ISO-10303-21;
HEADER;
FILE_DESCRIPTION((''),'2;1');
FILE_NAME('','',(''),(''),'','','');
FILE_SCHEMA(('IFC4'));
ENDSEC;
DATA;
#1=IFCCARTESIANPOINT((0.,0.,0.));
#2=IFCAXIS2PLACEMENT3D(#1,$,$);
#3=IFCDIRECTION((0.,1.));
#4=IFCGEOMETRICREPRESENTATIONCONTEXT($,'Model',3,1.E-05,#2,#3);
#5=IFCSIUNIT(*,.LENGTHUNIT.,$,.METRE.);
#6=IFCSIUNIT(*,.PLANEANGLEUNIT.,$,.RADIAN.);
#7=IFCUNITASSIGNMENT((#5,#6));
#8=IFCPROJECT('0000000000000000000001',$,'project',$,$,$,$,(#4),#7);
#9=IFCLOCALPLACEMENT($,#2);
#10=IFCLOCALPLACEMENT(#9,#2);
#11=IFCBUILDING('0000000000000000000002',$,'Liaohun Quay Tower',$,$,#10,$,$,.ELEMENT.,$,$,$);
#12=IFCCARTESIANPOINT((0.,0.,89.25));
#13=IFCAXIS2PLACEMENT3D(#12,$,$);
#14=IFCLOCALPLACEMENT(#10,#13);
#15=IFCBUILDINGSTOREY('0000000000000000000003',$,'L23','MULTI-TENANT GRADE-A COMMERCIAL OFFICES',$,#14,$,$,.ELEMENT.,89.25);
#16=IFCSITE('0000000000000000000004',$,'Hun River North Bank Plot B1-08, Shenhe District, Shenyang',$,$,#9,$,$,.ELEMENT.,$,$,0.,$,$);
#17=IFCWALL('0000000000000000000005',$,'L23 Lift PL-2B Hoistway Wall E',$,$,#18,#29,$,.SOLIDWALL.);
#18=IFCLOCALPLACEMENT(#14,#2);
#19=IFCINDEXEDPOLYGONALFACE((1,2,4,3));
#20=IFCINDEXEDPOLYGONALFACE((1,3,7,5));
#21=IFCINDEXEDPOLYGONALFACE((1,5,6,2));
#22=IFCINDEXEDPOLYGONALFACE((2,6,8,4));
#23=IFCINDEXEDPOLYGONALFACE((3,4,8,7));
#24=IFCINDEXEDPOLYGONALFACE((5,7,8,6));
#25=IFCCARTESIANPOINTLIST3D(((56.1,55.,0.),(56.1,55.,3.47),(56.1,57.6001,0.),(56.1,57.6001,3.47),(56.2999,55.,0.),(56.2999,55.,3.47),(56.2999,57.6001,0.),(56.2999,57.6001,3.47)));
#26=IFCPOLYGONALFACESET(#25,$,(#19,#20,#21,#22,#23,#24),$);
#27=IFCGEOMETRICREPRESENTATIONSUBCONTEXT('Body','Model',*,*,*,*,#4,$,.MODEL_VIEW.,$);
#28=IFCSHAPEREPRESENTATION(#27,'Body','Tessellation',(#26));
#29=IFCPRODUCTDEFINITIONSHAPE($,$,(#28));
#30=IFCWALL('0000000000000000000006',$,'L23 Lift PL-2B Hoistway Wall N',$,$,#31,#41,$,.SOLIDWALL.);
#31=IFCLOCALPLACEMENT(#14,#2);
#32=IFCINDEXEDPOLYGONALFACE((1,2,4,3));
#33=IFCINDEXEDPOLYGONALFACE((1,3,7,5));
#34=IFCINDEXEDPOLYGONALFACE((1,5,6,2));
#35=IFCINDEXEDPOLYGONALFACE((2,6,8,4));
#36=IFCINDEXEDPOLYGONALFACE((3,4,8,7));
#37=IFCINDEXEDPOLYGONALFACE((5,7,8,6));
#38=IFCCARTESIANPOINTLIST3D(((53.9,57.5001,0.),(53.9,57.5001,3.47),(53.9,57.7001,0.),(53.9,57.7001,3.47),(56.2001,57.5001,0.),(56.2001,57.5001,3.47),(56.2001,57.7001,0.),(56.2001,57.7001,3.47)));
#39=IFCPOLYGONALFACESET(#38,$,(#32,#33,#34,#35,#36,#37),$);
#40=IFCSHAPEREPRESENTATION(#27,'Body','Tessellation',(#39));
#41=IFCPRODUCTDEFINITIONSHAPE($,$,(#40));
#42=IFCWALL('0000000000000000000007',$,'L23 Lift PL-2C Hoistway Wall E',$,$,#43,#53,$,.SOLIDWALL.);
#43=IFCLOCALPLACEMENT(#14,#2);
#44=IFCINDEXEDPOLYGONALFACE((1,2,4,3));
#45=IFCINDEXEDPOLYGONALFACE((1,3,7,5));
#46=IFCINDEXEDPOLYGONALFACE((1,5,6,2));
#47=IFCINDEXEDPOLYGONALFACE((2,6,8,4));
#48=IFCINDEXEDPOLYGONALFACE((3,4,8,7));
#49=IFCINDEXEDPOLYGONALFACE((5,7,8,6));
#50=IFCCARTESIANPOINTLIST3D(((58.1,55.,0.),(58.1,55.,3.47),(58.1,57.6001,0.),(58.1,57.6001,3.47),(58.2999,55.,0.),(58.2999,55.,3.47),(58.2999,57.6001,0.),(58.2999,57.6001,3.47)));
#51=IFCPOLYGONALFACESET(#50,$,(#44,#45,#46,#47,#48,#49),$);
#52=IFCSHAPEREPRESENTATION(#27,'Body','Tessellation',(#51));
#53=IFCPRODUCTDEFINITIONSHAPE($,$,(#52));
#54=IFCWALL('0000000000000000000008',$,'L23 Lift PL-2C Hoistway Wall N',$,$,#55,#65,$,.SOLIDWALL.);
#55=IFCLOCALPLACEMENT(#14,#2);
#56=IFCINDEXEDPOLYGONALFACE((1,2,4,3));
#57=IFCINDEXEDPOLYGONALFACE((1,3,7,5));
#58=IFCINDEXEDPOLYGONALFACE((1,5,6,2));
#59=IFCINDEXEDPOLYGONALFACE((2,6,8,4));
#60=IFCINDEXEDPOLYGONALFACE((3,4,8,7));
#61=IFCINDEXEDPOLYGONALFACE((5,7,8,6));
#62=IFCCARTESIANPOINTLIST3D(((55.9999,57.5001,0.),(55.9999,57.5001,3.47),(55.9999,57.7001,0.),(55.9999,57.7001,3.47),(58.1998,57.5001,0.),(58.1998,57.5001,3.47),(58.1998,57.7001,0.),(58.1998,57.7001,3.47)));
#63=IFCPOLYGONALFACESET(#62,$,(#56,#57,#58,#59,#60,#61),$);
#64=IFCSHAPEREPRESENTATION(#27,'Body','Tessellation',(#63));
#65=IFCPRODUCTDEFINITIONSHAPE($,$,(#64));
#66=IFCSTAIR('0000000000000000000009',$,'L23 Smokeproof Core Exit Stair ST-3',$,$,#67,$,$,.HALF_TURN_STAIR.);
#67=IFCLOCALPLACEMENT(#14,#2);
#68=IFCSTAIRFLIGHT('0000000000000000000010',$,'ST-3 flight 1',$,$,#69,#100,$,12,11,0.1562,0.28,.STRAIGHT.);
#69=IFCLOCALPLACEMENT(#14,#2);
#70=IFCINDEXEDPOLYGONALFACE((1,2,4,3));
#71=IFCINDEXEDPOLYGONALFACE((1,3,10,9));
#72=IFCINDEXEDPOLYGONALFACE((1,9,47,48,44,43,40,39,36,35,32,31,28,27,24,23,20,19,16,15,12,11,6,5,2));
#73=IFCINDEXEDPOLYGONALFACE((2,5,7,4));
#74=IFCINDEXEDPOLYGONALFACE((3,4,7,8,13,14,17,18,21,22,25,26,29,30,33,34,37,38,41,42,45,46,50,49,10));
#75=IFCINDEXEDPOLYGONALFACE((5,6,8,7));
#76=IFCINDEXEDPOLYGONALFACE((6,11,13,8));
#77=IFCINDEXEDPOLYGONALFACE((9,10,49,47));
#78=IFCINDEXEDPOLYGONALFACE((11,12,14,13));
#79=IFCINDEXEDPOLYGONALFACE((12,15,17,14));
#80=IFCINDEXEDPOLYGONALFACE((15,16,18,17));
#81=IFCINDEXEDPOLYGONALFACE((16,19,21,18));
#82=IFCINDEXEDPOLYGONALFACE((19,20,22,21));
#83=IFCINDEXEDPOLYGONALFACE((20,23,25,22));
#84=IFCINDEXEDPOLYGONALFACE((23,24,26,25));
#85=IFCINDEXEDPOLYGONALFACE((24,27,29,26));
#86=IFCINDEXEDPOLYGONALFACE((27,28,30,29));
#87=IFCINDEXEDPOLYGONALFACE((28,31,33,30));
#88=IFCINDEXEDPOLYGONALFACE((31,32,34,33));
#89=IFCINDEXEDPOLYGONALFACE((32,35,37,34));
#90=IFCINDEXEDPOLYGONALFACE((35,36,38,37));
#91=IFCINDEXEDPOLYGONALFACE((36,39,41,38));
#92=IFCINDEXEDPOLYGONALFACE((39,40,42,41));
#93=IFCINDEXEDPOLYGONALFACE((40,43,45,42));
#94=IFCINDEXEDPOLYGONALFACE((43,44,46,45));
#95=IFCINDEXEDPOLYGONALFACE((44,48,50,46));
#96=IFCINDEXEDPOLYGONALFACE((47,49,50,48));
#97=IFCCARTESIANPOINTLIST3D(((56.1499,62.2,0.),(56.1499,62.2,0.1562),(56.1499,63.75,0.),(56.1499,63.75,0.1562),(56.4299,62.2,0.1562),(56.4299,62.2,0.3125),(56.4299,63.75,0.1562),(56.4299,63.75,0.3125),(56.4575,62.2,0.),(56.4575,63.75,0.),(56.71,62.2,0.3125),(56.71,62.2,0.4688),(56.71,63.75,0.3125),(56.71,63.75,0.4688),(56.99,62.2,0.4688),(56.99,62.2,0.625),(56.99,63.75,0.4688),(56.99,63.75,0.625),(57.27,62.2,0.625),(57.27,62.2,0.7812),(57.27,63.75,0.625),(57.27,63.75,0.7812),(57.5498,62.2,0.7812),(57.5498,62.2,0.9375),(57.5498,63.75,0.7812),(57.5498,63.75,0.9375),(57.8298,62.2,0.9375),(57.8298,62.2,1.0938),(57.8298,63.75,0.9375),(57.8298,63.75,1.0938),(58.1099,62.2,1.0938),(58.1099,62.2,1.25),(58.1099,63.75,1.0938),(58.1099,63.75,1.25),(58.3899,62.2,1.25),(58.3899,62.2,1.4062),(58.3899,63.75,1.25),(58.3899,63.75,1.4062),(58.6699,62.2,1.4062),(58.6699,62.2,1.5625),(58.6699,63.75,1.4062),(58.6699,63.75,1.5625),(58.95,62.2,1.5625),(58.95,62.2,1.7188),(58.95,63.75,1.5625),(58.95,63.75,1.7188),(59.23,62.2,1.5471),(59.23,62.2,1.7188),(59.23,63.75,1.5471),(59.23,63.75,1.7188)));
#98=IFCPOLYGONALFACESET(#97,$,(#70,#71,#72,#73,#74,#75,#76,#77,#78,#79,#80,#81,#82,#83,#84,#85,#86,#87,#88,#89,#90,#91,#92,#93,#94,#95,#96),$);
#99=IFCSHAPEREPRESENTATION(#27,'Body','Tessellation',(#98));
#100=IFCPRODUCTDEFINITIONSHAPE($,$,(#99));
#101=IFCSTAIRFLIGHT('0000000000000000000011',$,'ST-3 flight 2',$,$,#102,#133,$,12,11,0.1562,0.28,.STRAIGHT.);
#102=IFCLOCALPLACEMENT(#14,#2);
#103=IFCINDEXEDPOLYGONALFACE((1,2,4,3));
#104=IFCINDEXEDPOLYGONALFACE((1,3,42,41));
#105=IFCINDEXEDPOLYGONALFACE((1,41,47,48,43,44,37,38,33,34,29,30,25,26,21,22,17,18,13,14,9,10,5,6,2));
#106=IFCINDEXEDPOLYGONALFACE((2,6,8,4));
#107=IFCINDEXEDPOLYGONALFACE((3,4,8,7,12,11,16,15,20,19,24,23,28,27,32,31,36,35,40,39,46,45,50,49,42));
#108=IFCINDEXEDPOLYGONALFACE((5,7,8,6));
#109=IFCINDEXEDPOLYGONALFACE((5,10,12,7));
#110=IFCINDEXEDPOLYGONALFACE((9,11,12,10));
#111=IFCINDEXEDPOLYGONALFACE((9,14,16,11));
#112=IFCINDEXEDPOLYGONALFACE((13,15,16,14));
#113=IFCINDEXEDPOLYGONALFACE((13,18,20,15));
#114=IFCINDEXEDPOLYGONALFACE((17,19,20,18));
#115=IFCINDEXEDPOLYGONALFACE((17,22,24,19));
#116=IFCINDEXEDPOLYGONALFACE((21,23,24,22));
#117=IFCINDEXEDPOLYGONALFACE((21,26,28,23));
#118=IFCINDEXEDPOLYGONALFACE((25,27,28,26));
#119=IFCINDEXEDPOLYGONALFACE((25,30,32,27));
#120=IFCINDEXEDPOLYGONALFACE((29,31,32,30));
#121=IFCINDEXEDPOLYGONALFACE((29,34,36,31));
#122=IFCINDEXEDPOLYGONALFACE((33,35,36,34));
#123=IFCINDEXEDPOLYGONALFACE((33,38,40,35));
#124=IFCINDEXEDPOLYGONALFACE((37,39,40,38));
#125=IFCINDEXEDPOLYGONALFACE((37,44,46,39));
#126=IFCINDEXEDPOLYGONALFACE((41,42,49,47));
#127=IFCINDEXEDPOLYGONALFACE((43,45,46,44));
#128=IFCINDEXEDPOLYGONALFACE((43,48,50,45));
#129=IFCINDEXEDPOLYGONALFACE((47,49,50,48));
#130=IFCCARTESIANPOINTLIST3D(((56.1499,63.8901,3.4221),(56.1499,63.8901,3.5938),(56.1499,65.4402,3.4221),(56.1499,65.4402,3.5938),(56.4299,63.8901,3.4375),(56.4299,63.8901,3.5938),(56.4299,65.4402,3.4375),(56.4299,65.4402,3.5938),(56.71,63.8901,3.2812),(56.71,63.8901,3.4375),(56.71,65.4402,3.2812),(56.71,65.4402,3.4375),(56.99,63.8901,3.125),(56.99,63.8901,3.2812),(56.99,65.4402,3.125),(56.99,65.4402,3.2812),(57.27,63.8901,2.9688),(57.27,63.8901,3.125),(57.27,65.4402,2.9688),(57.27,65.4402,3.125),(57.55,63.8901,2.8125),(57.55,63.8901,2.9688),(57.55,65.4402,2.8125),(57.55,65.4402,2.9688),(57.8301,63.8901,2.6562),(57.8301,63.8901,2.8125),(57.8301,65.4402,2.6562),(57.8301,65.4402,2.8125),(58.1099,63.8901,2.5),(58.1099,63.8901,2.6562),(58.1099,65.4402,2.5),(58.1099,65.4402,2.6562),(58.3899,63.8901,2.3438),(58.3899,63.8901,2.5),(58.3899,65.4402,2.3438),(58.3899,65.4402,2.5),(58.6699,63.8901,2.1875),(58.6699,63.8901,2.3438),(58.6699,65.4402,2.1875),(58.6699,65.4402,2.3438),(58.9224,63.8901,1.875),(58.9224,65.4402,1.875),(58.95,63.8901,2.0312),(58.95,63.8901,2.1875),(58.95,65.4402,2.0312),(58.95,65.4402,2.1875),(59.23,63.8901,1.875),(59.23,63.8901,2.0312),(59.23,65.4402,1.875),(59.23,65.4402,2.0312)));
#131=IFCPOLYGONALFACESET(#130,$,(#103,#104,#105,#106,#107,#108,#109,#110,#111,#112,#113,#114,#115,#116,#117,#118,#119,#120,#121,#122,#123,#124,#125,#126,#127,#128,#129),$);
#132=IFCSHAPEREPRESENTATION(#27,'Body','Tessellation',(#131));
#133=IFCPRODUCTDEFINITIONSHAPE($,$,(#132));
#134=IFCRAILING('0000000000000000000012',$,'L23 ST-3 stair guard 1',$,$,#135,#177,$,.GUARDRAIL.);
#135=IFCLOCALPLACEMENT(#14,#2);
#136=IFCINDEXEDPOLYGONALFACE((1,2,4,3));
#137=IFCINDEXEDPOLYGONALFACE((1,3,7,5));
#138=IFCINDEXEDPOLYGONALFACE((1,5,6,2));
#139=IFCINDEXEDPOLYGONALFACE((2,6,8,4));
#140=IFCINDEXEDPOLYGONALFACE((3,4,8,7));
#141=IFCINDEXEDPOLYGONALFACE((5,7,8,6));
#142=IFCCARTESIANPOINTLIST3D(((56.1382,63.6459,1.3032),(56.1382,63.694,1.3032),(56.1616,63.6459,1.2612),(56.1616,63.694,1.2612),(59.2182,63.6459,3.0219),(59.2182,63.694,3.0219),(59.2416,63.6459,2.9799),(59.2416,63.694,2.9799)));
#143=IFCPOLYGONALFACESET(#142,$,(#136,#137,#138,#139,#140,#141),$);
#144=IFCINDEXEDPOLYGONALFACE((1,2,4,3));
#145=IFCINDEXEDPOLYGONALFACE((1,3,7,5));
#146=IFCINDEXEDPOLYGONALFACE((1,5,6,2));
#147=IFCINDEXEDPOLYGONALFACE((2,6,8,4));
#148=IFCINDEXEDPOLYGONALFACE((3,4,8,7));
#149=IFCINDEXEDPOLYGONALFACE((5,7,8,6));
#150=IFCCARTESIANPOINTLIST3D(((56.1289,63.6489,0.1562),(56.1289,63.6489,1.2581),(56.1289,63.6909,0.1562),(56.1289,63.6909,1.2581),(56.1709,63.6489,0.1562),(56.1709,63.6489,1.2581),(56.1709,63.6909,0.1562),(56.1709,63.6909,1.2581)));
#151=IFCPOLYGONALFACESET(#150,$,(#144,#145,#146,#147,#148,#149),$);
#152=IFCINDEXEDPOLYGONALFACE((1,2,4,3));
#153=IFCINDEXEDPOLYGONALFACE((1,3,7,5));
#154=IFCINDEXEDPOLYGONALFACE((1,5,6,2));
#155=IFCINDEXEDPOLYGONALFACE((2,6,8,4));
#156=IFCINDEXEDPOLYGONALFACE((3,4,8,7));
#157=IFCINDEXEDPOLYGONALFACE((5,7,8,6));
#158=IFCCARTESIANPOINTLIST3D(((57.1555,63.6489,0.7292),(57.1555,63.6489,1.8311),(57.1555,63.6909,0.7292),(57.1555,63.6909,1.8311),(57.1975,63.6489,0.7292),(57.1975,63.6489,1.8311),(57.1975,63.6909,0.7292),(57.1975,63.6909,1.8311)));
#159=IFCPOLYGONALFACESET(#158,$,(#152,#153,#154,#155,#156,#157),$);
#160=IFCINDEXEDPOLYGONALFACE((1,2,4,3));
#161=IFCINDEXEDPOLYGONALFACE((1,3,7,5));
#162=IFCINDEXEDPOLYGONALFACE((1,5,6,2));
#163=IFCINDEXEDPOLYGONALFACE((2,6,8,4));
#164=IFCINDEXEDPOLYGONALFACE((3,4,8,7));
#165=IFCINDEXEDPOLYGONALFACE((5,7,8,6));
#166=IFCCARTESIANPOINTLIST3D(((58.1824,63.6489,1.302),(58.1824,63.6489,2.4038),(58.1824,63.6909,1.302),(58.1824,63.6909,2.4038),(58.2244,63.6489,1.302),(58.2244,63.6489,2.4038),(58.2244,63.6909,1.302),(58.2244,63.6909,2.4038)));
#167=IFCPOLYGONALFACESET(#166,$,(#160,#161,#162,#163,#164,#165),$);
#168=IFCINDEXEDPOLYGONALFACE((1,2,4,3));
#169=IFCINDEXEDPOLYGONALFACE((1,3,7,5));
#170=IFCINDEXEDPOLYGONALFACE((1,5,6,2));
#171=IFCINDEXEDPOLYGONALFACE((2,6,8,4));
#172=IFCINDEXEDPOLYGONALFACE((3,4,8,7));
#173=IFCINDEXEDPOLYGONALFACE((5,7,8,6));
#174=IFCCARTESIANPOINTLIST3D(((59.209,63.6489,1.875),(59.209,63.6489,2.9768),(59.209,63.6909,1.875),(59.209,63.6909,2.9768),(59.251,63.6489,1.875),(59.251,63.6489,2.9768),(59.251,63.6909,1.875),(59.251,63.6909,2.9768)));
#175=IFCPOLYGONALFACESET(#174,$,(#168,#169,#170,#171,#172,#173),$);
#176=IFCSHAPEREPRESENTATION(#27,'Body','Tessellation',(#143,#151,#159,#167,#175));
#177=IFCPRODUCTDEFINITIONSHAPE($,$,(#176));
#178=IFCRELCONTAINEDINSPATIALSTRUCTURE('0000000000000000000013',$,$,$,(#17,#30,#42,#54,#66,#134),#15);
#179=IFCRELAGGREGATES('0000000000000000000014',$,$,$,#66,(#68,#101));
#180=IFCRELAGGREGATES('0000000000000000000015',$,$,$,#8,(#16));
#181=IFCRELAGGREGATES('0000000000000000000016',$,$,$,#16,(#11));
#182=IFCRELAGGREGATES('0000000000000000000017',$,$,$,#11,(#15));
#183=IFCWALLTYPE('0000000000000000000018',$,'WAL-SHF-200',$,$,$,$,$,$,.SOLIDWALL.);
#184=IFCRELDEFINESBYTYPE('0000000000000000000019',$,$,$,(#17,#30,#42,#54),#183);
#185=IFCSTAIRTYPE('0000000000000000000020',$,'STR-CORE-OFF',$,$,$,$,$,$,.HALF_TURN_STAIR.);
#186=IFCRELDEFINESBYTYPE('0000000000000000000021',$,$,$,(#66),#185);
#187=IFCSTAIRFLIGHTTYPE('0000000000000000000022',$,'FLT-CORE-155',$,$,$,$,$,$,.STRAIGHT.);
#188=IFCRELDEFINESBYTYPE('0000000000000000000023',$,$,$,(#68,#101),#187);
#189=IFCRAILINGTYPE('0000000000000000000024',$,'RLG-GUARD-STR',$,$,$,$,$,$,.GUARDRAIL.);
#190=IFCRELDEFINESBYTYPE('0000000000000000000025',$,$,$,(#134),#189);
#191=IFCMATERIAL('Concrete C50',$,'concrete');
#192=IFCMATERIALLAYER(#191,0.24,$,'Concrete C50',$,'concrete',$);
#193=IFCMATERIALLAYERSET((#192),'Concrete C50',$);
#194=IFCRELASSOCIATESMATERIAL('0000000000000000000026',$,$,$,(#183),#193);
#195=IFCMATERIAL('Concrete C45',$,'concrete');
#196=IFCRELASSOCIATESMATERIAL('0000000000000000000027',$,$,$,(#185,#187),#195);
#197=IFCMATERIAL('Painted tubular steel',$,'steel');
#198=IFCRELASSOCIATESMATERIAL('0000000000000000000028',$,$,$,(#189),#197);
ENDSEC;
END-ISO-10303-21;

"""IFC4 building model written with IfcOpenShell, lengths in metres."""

from ifc_helpers import new_model, si_unit, direction, frame, frame_2d, origin, origin_2d, place, context, subcontext, project, spatial, polyline, rectangle, outline, extrude, material, layer, layer_set, type_object, element, aggregate, save


model = new_model("IFC4")

# Units and contexts
model_context = context("Model", 3, precision=1e-05, world=origin(), true_north=direction((0.0, 1.0)))
body_context = subcontext(model_context, "Body", "Model", "MODEL_VIEW")
ifc_project = project(units=[si_unit("LENGTHUNIT", "METRE"), si_unit("PLANEANGLEUNIT", "RADIAN")], contexts=[model_context])

# Site, building, storey
site_placement = place(None, origin())
site = spatial("IfcSite", under=ifc_project, at=site_placement, Name="Hun River North Bank Plot B1-08, Shenhe District, Shenyang", CompositionType="ELEMENT", RefElevation=0.0)
building_placement = place(site_placement, origin())
building = spatial("IfcBuilding", under=site, at=building_placement, Name="Liaohun Quay Tower", CompositionType="ELEMENT")
storey_placement = place(building_placement, frame((0.0, 0.0, 89.25)))
storey = spatial("IfcBuildingStorey", under=building, at=storey_placement, Name="L23", Description="MULTI-TENANT GRADE-A COMMERCIAL OFFICES", CompositionType="ELEMENT", Elevation=89.25)

# Shared definitions
ifc_material_1 = material(Name="Concrete C50", Category="concrete")
ifc_layer_1 = layer(ifc_material_1, 0.24, Name="Concrete C50", Category="concrete")
ifc_layer_set_1 = layer_set([ifc_layer_1], Name="Concrete C50")
wall_type_1 = type_object("IfcWallType", Name="WAL-SHF-200", PredefinedType="SOLIDWALL", material=ifc_layer_set_1)

# Walls
wall_1_placement = place(storey_placement, frame((56.2, 55.0, 0.0), z_axis=(0.0, 0.0, 1.0), x_axis=(0.0, 1.0, 0.0)))
element("IfcWall", 1, at=wall_1_placement, inside=storey, type_object=wall_type_1, Name="L23 Lift PL-2B Hoistway Wall E", PredefinedType="SOLIDWALL", context=body_context, shape_type="SweptSolid", body=[
    extrude(rectangle(XDim=2.6001, YDim=0.2, at=frame_2d((1.3, 0.0))), origin(), (0.0, 0.0, 1.0), 3.47),
])
wall_2_placement = place(storey_placement, frame((56.2, 57.6001, 0.0), z_axis=(0.0, 0.0, 1.0), x_axis=(-1.0, 0.0, 0.0)))
element("IfcWall", 2, at=wall_2_placement, inside=storey, type_object=wall_type_1, Name="L23 Lift PL-2B Hoistway Wall N", PredefinedType="SOLIDWALL", context=body_context, shape_type="SweptSolid", body=[
    extrude(rectangle(XDim=2.3, YDim=0.2, at=frame_2d((1.1499, 0.0))), origin(), (0.0, 0.0, 1.0), 3.47),
])
wall_3_placement = place(storey_placement, frame((58.2, 55.0, 0.0), z_axis=(0.0, 0.0, 1.0), x_axis=(0.0, 1.0, 0.0)))
element("IfcWall", 3, at=wall_3_placement, inside=storey, type_object=wall_type_1, Name="L23 Lift PL-2C Hoistway Wall E", PredefinedType="SOLIDWALL", context=body_context, shape_type="SweptSolid", body=[
    extrude(rectangle(XDim=2.6001, YDim=0.2, at=frame_2d((1.3, 0.0))), origin(), (0.0, 0.0, 1.0), 3.47),
])
wall_4_placement = place(storey_placement, frame((58.2, 57.6001, 0.0), z_axis=(0.0, 0.0, 1.0), x_axis=(-1.0, 0.0, 0.0)))
element("IfcWall", 4, at=wall_4_placement, inside=storey, type_object=wall_type_1, Name="L23 Lift PL-2C Hoistway Wall N", PredefinedType="SOLIDWALL", context=body_context, shape_type="SweptSolid", body=[
    extrude(rectangle(XDim=2.2, YDim=0.2, at=frame_2d((1.1001, 0.0))), origin(), (0.0, 0.0, 1.0), 3.47),
])

# Stair, stair flights
ifc_material_2 = material(Name="Concrete C45", Category="concrete")
stair_type = type_object("IfcStairType", Name="STR-CORE-OFF", PredefinedType="HALF_TURN_STAIR", material=ifc_material_2)
stair_placement = place(storey_placement, origin())
stair = element("IfcStair", 5, at=stair_placement, inside=storey, type_object=stair_type, Name="L23 Smokeproof Core Exit Stair ST-3", PredefinedType="HALF_TURN_STAIR")
stair_flight_type = type_object("IfcStairFlightType", Name="FLT-CORE-155", PredefinedType="STRAIGHT", material=ifc_material_2)
stair_flight_1_placement = place(storey_placement, frame((56.1499, 62.9751, 0.0), z_axis=(0.0, 0.0, 1.0), x_axis=(1.0, 0.0, 0.0)))
stair_flight_1 = element("IfcStairFlight", 6, at=stair_flight_1_placement, type_object=stair_flight_type, Name="ST-3 flight 1", NumberOfRisers=12, NumberOfTreads=11, PredefinedType="STRAIGHT", RiserHeight=0.1562, TreadLength=0.28, context=body_context, shape_type="SweptSolid", body=[
    extrude(outline(polyline([(0.0, 0.0), (0.0, 0.1562), (0.28, 0.1562), (0.28, 0.3125), (0.5601, 0.3125), (0.5601, 0.4688), (0.8401, 0.4688), (0.8401, 0.625), (1.1201, 0.625), (1.1201, 0.7812), (1.3999, 0.7812), (1.3999, 0.9375), (1.6799, 0.9375), (1.6799, 1.0938), (1.96, 1.0938), (1.96, 1.25), (2.24, 1.25), (2.24, 1.4062), (2.52, 1.4062), (2.52, 1.5625), (2.8, 1.5625), (2.8, 1.7188), (3.0801, 1.7188), (3.0801, 1.875), (3.0801, 1.5471), (0.3076, 0.0), (0.0, 0.0)])), frame((0.0, 0.7749, 0.0), z_axis=(0.0, -1.0, 0.0), x_axis=(1.0, 0.0, 0.0)), (0.0, 0.0, 1.0), 1.55),
])
stair_flight_2_placement = place(storey_placement, frame((59.23, 64.665, 1.875), z_axis=(0.0, 0.0, 1.0), x_axis=(-1.0, 0.0, 0.0)))
stair_flight_2 = element("IfcStairFlight", 7, at=stair_flight_2_placement, type_object=stair_flight_type, Name="ST-3 flight 2", NumberOfRisers=12, NumberOfTreads=11, PredefinedType="STRAIGHT", RiserHeight=0.1562, TreadLength=0.28, context=body_context, shape_type="SweptSolid", body=[
    extrude(outline(polyline([(0.0, 0.0), (0.0, 0.1562), (0.28, 0.1562), (0.28, 0.3125), (0.5601, 0.3125), (0.5601, 0.4688), (0.8401, 0.4688), (0.8401, 0.625), (1.1201, 0.625), (1.1201, 0.7812), (1.3999, 0.7812), (1.3999, 0.9375), (1.6799, 0.9375), (1.6799, 1.0938), (1.96, 1.0938), (1.96, 1.25), (2.24, 1.25), (2.24, 1.4062), (2.52, 1.4062), (2.52, 1.5625), (2.8, 1.5625), (2.8, 1.7188), (3.0801, 1.7188), (3.0801, 1.875), (3.0801, 1.5471), (0.3076, 0.0), (0.0, 0.0)])), frame((0.0, 0.7749, 0.0), z_axis=(0.0, -1.0, 0.0), x_axis=(1.0, 0.0, 0.0)), (0.0, 0.0, 1.0), 1.55),
])
aggregate(stair, [stair_flight_1, stair_flight_2])

# Railing
ifc_material_3 = material(Name="Painted tubular steel", Category="steel")
railing_type_1 = type_object("IfcRailingType", Name="RLG-GUARD-STR", PredefinedType="GUARDRAIL", material=ifc_material_3)
railing_1_placement = place(storey_placement, frame((56.1499, 63.6699, 0.1562)))
element("IfcRailing", 8, at=railing_1_placement, inside=storey, type_object=railing_type_1, Name="L23 ST-3 stair guard 1", PredefinedType="GUARDRAIL", context=body_context, shape_type="SweptSolid", body=[
    extrude(rectangle(XDim=0.0481, YDim=0.0481, at=origin_2d()), frame((0.0, 0.0, 1.126), z_axis=(0.873242, 0.0, 0.487288), x_axis=(0.0, 1.0, 0.0)), (0.0, 0.0, 1.0), 3.5271),
    extrude(rectangle(XDim=0.042, YDim=0.042, at=origin_2d()), origin(), (0.0, 0.0, 1.0), 1.1018),
    extrude(rectangle(XDim=0.042, YDim=0.042, at=origin_2d()), frame((1.0266, 0.0, 0.573)), (0.0, 0.0, 1.0), 1.1018),
    extrude(rectangle(XDim=0.042, YDim=0.042, at=origin_2d()), frame((2.0535, 0.0, 1.1458)), (0.0, 0.0, 1.0), 1.1018),
    extrude(rectangle(XDim=0.042, YDim=0.042, at=origin_2d()), frame((3.0801, 0.0, 1.7188)), (0.0, 0.0, 1.0), 1.1018),
])

save(model, "model.ifc")
